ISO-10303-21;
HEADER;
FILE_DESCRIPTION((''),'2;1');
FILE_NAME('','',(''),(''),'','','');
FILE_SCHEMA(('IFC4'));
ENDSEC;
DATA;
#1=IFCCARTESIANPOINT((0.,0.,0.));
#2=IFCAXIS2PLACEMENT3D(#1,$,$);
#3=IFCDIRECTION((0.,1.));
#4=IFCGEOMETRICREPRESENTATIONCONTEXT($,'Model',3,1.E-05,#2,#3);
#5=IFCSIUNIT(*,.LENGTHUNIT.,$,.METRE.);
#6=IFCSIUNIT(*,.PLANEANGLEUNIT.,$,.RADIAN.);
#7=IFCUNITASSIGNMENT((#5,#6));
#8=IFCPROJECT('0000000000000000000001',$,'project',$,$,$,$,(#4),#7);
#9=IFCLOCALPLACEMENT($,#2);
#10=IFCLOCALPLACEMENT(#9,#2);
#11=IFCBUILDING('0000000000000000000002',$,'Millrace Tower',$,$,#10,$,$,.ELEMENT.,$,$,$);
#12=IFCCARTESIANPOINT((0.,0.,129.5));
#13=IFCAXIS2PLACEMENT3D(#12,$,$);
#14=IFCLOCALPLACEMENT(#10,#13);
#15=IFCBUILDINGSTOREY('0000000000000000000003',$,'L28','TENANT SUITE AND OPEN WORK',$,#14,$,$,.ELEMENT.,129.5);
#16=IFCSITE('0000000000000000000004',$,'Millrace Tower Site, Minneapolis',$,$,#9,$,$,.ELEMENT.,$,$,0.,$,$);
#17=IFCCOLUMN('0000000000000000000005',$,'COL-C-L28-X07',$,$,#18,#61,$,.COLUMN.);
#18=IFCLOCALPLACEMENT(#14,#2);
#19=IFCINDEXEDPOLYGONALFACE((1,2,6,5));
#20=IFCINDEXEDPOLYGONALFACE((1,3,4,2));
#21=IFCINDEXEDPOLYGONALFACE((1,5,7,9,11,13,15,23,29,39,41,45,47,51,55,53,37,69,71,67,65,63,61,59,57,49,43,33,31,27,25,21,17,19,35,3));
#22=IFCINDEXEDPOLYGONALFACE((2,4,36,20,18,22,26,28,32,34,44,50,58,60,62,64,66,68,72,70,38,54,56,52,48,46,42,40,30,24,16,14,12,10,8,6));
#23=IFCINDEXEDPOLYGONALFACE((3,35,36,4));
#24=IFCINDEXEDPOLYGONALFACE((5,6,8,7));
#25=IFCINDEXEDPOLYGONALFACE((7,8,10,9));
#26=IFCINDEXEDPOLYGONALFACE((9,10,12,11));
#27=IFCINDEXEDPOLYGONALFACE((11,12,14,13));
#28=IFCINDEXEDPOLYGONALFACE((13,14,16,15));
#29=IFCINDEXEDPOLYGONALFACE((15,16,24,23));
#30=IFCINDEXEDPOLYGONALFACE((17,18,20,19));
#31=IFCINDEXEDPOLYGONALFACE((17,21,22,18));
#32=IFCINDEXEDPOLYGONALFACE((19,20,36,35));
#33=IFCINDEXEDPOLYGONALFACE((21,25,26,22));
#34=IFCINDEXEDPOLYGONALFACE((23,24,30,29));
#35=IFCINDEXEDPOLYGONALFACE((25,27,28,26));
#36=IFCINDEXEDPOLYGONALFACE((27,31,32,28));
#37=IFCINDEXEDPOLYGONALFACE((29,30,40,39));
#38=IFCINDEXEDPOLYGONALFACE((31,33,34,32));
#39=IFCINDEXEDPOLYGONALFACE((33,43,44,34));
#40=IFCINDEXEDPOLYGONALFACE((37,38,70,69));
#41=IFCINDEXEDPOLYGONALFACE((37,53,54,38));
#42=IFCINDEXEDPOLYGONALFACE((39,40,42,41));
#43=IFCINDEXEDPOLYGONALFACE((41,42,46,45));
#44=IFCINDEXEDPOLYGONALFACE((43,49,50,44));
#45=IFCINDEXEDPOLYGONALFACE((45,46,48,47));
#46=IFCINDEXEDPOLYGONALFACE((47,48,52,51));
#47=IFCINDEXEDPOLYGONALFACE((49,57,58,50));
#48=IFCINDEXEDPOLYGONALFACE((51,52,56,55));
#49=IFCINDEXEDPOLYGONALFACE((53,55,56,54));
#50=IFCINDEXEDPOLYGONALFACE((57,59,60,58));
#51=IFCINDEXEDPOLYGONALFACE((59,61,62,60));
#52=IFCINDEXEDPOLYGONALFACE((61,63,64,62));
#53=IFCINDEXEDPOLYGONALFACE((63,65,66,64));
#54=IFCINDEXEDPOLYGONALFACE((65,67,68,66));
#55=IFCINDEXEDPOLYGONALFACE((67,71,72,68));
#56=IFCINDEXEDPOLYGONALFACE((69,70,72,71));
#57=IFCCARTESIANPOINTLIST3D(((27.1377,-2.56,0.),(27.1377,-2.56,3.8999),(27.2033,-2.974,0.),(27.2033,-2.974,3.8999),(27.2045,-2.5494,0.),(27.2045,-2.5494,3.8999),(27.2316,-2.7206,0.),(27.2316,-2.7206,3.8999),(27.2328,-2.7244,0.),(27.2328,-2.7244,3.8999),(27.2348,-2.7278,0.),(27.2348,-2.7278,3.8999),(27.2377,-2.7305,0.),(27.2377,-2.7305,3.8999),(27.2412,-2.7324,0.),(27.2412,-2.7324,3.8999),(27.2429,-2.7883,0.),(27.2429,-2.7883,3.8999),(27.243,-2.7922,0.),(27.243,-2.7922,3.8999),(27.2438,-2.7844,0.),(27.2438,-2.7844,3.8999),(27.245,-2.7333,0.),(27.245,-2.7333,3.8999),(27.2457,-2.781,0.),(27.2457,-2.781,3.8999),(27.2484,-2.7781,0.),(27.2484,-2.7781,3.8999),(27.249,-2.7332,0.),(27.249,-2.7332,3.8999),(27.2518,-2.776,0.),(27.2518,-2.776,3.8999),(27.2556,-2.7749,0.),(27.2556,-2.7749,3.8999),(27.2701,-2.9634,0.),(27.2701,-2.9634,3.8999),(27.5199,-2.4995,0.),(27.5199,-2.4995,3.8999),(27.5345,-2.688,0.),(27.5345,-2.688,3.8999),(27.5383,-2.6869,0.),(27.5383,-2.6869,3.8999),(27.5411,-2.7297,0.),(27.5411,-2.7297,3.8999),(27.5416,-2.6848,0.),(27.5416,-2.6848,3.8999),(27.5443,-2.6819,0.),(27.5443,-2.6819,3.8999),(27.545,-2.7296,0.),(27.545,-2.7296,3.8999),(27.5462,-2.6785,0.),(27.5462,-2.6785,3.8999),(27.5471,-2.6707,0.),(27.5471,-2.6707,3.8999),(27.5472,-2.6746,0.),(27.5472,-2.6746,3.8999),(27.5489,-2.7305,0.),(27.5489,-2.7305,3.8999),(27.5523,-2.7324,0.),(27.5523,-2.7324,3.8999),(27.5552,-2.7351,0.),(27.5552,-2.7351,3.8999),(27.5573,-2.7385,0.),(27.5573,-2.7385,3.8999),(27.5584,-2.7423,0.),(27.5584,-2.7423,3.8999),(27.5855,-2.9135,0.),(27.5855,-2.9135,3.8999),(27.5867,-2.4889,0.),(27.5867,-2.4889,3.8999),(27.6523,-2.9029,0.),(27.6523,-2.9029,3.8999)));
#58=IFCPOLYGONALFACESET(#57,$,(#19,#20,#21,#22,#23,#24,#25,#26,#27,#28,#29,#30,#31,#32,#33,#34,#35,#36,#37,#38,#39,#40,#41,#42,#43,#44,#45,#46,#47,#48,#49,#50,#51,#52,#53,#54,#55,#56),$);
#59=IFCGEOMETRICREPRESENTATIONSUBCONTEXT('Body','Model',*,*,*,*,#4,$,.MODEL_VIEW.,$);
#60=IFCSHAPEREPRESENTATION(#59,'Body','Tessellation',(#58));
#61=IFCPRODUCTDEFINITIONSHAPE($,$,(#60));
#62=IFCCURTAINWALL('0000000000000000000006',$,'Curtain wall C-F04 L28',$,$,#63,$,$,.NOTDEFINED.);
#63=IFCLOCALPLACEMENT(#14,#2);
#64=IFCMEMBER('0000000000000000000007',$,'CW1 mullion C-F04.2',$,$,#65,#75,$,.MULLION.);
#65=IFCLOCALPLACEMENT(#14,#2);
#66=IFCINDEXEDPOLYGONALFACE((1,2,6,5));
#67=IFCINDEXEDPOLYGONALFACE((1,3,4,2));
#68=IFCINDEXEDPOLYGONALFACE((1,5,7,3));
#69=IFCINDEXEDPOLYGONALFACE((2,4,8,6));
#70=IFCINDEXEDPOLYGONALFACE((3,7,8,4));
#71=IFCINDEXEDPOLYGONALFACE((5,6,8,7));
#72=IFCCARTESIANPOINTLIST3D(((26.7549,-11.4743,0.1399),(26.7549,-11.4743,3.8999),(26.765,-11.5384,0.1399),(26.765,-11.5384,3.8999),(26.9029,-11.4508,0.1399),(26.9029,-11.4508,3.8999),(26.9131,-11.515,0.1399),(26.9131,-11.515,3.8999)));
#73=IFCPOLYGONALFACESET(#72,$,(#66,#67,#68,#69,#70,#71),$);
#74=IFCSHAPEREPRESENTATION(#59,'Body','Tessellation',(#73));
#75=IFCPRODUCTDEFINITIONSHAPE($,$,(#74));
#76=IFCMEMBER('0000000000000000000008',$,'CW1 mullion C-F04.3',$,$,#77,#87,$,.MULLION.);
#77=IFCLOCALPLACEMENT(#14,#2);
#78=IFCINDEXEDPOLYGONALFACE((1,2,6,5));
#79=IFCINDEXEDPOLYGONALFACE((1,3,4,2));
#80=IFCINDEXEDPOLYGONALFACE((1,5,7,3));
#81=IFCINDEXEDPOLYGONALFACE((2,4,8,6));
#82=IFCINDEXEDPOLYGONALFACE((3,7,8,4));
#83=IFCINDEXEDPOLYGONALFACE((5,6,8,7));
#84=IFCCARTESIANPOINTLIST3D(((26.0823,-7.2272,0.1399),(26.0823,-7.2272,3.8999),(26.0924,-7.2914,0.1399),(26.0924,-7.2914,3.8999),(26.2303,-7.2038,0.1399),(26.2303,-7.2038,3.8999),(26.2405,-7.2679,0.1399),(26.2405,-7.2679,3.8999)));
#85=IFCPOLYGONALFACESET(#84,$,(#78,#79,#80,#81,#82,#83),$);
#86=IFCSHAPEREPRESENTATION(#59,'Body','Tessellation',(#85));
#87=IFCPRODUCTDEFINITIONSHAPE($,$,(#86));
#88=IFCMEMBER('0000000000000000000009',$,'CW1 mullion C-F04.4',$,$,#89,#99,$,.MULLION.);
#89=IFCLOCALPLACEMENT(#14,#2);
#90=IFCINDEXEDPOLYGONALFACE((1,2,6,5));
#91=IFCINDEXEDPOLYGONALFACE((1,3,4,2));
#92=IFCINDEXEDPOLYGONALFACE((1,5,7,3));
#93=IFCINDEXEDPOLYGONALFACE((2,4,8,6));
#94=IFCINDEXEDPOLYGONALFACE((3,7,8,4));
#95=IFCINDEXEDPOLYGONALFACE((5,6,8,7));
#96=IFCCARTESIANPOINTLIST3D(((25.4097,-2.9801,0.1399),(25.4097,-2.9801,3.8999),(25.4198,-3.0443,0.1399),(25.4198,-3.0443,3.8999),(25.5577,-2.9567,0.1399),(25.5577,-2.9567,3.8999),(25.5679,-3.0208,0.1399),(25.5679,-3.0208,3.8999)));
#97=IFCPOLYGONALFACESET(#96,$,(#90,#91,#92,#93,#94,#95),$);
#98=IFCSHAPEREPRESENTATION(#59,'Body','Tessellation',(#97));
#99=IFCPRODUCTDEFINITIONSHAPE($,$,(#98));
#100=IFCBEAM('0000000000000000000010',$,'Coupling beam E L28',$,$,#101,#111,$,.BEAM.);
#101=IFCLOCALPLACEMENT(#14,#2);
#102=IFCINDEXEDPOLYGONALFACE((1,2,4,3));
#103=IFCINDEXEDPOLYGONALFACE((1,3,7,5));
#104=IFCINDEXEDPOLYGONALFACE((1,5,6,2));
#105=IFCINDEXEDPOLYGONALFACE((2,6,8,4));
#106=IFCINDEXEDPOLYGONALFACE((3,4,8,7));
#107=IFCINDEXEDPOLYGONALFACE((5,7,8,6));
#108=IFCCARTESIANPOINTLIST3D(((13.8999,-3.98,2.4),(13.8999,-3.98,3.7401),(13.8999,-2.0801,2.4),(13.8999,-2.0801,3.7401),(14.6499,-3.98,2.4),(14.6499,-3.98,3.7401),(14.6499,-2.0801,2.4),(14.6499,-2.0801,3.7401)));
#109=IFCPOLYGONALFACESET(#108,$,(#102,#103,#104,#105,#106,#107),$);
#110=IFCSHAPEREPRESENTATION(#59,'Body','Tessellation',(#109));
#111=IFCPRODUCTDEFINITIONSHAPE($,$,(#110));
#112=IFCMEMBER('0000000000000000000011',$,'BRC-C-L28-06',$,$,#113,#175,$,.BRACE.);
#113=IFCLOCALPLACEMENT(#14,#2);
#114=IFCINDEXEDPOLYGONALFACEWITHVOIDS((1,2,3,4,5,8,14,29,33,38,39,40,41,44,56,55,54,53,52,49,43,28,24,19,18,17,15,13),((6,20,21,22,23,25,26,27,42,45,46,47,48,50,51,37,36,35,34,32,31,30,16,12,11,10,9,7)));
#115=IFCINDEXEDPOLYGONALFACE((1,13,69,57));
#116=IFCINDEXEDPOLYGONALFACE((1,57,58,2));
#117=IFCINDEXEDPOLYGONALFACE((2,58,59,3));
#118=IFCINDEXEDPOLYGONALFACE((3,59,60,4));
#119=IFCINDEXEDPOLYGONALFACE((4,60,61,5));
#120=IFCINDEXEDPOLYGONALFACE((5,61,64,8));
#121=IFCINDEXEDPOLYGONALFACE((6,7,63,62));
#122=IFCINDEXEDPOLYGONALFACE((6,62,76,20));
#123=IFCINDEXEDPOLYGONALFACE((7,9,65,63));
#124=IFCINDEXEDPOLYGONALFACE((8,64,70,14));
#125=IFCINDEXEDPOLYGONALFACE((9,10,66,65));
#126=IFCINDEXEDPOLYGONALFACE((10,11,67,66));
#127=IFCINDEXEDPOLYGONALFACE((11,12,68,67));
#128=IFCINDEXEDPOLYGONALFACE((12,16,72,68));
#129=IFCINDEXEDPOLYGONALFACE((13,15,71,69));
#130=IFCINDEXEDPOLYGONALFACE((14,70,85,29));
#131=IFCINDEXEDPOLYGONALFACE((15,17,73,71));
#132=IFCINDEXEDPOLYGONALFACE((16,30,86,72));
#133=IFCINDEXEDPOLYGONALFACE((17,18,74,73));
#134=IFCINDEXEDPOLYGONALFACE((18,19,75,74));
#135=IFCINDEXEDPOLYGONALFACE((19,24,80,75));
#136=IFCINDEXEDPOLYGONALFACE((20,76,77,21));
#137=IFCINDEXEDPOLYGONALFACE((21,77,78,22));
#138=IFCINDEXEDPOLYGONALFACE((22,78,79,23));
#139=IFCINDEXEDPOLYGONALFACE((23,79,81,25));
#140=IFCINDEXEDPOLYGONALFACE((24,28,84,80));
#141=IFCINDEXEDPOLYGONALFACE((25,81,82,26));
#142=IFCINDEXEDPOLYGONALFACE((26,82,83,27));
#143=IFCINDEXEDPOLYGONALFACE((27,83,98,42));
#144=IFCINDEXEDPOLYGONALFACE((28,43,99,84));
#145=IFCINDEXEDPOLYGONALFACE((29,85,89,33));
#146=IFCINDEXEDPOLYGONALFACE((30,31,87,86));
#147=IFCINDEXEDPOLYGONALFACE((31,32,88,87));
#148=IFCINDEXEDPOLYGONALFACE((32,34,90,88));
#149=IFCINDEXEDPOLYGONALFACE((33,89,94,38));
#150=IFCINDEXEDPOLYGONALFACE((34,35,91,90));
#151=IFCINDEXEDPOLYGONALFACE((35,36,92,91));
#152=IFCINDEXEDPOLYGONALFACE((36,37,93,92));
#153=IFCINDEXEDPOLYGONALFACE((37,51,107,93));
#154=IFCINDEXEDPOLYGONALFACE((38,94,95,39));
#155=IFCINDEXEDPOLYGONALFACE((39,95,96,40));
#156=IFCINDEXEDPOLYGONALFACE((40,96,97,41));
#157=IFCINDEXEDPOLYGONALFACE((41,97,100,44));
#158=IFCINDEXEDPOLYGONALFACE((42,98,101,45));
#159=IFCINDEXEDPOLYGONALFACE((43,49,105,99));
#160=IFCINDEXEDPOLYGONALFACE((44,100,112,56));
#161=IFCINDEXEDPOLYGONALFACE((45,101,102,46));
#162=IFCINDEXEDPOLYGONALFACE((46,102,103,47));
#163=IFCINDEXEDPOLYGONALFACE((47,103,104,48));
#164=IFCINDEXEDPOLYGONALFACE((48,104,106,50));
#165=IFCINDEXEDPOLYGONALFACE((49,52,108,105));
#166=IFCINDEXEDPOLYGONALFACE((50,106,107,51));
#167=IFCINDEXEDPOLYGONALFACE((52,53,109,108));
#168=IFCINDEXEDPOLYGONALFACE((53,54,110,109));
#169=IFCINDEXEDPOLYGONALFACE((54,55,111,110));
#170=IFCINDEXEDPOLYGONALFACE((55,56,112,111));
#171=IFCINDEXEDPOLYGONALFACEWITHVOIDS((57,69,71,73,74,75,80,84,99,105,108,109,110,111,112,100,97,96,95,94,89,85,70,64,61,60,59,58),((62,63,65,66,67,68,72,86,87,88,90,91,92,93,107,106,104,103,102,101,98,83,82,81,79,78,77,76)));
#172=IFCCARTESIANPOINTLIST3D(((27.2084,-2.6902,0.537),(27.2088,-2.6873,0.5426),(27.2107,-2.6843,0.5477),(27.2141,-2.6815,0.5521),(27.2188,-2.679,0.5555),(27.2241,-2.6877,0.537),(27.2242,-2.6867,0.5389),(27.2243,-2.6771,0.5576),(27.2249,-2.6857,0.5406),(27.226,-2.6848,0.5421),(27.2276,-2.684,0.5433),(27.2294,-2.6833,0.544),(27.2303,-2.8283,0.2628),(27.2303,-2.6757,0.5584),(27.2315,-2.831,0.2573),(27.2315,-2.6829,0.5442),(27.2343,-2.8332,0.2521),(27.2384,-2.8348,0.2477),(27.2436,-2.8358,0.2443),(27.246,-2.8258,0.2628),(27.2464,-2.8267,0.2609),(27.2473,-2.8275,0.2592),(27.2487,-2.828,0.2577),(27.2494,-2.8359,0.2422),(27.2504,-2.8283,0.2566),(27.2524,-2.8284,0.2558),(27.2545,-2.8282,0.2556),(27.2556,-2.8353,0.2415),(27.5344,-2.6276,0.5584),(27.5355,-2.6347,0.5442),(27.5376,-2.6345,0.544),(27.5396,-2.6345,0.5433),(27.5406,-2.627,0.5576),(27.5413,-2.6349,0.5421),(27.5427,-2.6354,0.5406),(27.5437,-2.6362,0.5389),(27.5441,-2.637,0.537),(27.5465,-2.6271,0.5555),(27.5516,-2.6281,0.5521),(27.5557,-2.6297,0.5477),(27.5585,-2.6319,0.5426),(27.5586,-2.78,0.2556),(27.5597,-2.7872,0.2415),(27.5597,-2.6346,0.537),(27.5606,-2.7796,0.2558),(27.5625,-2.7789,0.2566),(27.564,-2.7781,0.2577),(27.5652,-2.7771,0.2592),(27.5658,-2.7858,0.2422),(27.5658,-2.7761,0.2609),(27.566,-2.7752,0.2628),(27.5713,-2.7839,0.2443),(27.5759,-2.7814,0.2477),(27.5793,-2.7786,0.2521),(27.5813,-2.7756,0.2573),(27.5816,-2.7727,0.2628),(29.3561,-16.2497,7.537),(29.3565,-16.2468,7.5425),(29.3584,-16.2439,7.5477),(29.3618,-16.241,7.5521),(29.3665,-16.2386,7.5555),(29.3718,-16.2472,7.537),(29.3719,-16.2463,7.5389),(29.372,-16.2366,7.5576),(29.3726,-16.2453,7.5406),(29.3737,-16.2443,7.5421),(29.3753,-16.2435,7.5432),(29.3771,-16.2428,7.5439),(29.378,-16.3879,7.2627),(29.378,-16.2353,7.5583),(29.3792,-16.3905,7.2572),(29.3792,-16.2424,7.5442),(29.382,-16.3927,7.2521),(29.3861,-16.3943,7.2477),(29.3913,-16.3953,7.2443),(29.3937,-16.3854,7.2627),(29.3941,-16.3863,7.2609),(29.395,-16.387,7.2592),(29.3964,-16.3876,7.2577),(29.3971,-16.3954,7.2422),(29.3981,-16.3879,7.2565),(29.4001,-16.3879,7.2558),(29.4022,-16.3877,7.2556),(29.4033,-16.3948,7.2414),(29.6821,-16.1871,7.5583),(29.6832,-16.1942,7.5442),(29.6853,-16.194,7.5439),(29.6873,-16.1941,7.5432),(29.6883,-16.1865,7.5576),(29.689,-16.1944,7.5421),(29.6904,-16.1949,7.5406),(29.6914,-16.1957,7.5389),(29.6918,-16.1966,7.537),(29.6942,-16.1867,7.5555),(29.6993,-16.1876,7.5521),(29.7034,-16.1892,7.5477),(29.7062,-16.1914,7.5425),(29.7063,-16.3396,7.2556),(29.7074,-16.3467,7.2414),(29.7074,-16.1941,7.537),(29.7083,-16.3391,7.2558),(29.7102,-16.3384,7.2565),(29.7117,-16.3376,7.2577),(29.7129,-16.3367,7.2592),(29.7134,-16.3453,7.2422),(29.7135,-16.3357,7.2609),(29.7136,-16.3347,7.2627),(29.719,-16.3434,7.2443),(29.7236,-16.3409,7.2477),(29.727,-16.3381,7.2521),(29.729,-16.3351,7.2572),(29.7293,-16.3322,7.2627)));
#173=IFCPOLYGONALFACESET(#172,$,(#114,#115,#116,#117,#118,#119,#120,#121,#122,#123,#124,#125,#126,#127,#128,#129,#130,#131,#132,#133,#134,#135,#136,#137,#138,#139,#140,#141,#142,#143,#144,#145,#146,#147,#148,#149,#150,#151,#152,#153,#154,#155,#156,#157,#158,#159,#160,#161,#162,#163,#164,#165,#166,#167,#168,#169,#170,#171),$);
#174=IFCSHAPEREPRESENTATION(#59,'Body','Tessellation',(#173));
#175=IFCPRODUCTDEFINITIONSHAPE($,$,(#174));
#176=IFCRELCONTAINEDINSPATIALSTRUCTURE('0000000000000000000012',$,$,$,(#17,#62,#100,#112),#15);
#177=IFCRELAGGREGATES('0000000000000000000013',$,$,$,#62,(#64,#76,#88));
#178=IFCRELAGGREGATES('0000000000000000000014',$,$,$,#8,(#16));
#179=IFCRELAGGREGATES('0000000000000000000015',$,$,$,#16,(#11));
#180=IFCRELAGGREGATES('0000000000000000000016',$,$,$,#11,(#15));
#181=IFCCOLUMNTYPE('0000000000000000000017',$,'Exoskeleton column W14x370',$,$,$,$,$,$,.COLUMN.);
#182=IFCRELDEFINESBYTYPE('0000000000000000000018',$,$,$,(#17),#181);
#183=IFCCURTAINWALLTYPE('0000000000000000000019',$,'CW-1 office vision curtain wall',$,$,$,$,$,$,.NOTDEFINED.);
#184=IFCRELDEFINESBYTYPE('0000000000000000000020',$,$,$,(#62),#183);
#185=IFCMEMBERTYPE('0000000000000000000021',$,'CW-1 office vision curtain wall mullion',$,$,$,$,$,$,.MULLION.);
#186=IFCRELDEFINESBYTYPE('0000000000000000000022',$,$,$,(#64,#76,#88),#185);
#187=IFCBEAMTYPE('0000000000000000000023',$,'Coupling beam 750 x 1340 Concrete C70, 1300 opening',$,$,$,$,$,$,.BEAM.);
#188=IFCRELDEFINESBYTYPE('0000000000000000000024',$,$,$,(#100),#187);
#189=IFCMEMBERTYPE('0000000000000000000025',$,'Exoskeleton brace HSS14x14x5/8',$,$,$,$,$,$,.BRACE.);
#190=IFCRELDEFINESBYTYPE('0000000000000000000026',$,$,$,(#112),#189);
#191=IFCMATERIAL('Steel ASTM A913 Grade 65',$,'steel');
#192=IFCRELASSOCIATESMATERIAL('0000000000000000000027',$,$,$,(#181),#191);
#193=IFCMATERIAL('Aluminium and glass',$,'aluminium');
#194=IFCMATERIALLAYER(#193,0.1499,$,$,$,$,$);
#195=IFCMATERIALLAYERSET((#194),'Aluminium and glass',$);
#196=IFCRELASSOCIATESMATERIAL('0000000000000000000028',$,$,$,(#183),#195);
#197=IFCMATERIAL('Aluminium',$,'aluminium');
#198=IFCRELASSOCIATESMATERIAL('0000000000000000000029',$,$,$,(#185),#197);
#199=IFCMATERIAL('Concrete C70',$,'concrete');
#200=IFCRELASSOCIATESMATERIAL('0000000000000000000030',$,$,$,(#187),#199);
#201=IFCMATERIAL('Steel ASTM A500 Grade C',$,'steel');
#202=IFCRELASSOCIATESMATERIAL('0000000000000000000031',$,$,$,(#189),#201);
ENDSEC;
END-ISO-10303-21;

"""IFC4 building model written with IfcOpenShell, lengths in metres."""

from ifc_helpers import new_model, si_unit, direction, frame, origin, origin_2d, place, context, subcontext, project, spatial, rectangle, hollow_rectangle, i_section, extrude, material, layer, layer_set, material_profile, profile_set, type_object, element, aggregate, save


model = new_model("IFC4")

# Units and contexts
model_context = context("Model", 3, precision=1e-05, world=origin(), true_north=direction((0.0, 1.0)))
body_context = subcontext(model_context, "Body", "Model", "MODEL_VIEW")
ifc_project = project(units=[si_unit("LENGTHUNIT", "METRE"), si_unit("PLANEANGLEUNIT", "RADIAN")], contexts=[model_context])

# Site, building, storey
site_placement = place(None, origin())
site = spatial("IfcSite", under=ifc_project, at=site_placement, Name="Millrace Tower Site, Minneapolis", CompositionType="ELEMENT", RefElevation=0.0)
building_placement = place(site_placement, origin())
building = spatial("IfcBuilding", under=site, at=building_placement, Name="Millrace Tower", CompositionType="ELEMENT")
storey_placement = place(building_placement, frame((0.0, 0.0, 129.5)))
storey = spatial("IfcBuildingStorey", under=building, at=storey_placement, Name="L28", Description="TENANT SUITE AND OPEN WORK", CompositionType="ELEMENT", Elevation=129.5)

# Column
ifc_material_1 = material(Name="Steel ASTM A913 Grade 65", Category="steel")
ifc_material_profile_1 = material_profile(ifc_material_1, i_section(OverallWidth=0.4192, OverallDepth=0.4546, WebThickness=0.0422, FlangeThickness=0.0676, FilletRadius=0.0151, at=origin_2d()))
ifc_profile_set_1 = profile_set([ifc_material_profile_1], Name="Steel ASTM A913 Grade 65")
column_type = type_object("IfcColumnType", Name="Exoskeleton column W14x370", PredefinedType="COLUMN", material=ifc_profile_set_1)
column_placement = place(storey_placement, frame((27.395, -2.7314, 0.0), z_axis=(0.0, 0.0, 1.0), x_axis=(-0.156434, 0.987688, 0.0)))
element("IfcColumn", 1, at=column_placement, inside=storey, type_object=column_type, Name="COL-C-L28-X07", PredefinedType="COLUMN", context=body_context, shape_type="SweptSolid", body=[
    extrude(i_section(OverallWidth=0.4192, OverallDepth=0.4546, WebThickness=0.0422, FlangeThickness=0.0676, FilletRadius=0.0151, at=origin_2d()), origin(), (0.0, 0.0, 1.0), 3.8999),
])

# Curtain wall, members
ifc_material_2 = material(Name="Aluminium and glass", Category="aluminium")
ifc_layer_1 = layer(ifc_material_2, 0.1499)
ifc_layer_set_1 = layer_set([ifc_layer_1], Name="Aluminium and glass")
curtain_wall_type = type_object("IfcCurtainWallType", Name="CW-1 office vision curtain wall", PredefinedType="NOTDEFINED", material=ifc_layer_set_1)
placement = place(storey_placement, origin())
curtain_wall = element("IfcCurtainWall", 2, at=placement, inside=storey, type_object=curtain_wall_type, Name="Curtain wall C-F04 L28", PredefinedType="NOTDEFINED")
ifc_material_3 = material(Name="Aluminium", Category="aluminium")
ifc_material_profile_2 = material_profile(ifc_material_3, rectangle(XDim=0.0649, YDim=0.1499, at=origin_2d()))
ifc_profile_set_2 = profile_set([ifc_material_profile_2], Name="Aluminium")
member_type_1 = type_object("IfcMemberType", Name="CW-1 office vision curtain wall mullion", PredefinedType="MULLION", material=ifc_profile_set_2)
member_1_placement = place(storey_placement, frame((26.834, -11.4946, 0.1399), z_axis=(0.0, 0.0, 1.0), x_axis=(-0.156434, 0.987688, 0.0)))
member_1 = element("IfcMember", 3, at=member_1_placement, type_object=member_type_1, Name="CW1 mullion C-F04.2", PredefinedType="MULLION", context=body_context, shape_type="SweptSolid", body=[
    extrude(rectangle(XDim=0.0649, YDim=0.1499, at=origin_2d()), origin(), (0.0, 0.0, 1.0), 3.76),
])
member_2_placement = place(storey_placement, frame((26.1614, -7.2476, 0.1399), z_axis=(0.0, 0.0, 1.0), x_axis=(-0.156434, 0.987688, 0.0)))
member_2 = element("IfcMember", 4, at=member_2_placement, type_object=member_type_1, Name="CW1 mullion C-F04.3", PredefinedType="MULLION", context=body_context, shape_type="SweptSolid", body=[
    extrude(rectangle(XDim=0.0649, YDim=0.1499, at=origin_2d()), origin(), (0.0, 0.0, 1.0), 3.76),
])
member_3_placement = place(storey_placement, frame((25.4888, -3.0005, 0.1399), z_axis=(0.0, 0.0, 1.0), x_axis=(-0.156434, 0.987688, 0.0)))
member_3 = element("IfcMember", 5, at=member_3_placement, type_object=member_type_1, Name="CW1 mullion C-F04.4", PredefinedType="MULLION", context=body_context, shape_type="SweptSolid", body=[
    extrude(rectangle(XDim=0.0649, YDim=0.1499, at=origin_2d()), origin(), (0.0, 0.0, 1.0), 3.76),
])
aggregate(curtain_wall, [member_1, member_2, member_3])

# Beam
ifc_material_4 = material(Name="Concrete C70", Category="concrete")
ifc_material_profile_3 = material_profile(ifc_material_4, rectangle(XDim=0.75, YDim=1.3401, at=origin_2d()))
ifc_profile_set_3 = profile_set([ifc_material_profile_3], Name="Concrete C70")
beam_type_1 = type_object("IfcBeamType", Name="Coupling beam 750 x 1340 Concrete C70, 1300 opening", PredefinedType="BEAM", material=ifc_profile_set_3)
beam_1_placement = place(storey_placement, frame((14.2749, -2.0801, 3.0701), z_axis=(0.0, -1.0, 0.0), x_axis=(1.0, 0.0, 0.0)))
element("IfcBeam", 6, at=beam_1_placement, inside=storey, type_object=beam_type_1, Name="Coupling beam E L28", PredefinedType="BEAM", context=body_context, shape_type="SweptSolid", body=[
    extrude(rectangle(XDim=0.75, YDim=1.3401, at=origin_2d()), origin(), (0.0, 0.0, 1.0), 1.8999),
])

# Member
ifc_material_5 = material(Name="Steel ASTM A500 Grade C", Category="steel")
ifc_material_profile_4 = material_profile(ifc_material_5, hollow_rectangle(XDim=0.3557, YDim=0.3557, WallThickness=0.0159, InnerFilletRadius=0.0081, OuterFilletRadius=0.0239, at=origin_2d()))
ifc_profile_set_4 = profile_set([ifc_material_profile_4], Name="Steel ASTM A500 Grade C")
member_type_2 = type_object("IfcMemberType", Name="Exoskeleton brace HSS14x14x5/8", PredefinedType="BRACE", material=ifc_profile_set_4)
member_4_placement = place(storey_placement, frame((27.395, -2.7314, 0.3999), z_axis=(0.139369, -0.879908, 0.454244), x_axis=(0.987687, 0.15644, 0.0)))
element("IfcMember", 7, at=member_4_placement, inside=storey, type_object=member_type_2, Name="BRC-C-L28-06", PredefinedType="BRACE", context=body_context, shape_type="SweptSolid", body=[
    extrude(hollow_rectangle(XDim=0.3557, YDim=0.3557, WallThickness=0.0159, InnerFilletRadius=0.0081, OuterFilletRadius=0.0239, at=origin_2d()), origin(), (0.0, 0.0, 1.0), 15.4102),
])

save(model, "model.ifc")
